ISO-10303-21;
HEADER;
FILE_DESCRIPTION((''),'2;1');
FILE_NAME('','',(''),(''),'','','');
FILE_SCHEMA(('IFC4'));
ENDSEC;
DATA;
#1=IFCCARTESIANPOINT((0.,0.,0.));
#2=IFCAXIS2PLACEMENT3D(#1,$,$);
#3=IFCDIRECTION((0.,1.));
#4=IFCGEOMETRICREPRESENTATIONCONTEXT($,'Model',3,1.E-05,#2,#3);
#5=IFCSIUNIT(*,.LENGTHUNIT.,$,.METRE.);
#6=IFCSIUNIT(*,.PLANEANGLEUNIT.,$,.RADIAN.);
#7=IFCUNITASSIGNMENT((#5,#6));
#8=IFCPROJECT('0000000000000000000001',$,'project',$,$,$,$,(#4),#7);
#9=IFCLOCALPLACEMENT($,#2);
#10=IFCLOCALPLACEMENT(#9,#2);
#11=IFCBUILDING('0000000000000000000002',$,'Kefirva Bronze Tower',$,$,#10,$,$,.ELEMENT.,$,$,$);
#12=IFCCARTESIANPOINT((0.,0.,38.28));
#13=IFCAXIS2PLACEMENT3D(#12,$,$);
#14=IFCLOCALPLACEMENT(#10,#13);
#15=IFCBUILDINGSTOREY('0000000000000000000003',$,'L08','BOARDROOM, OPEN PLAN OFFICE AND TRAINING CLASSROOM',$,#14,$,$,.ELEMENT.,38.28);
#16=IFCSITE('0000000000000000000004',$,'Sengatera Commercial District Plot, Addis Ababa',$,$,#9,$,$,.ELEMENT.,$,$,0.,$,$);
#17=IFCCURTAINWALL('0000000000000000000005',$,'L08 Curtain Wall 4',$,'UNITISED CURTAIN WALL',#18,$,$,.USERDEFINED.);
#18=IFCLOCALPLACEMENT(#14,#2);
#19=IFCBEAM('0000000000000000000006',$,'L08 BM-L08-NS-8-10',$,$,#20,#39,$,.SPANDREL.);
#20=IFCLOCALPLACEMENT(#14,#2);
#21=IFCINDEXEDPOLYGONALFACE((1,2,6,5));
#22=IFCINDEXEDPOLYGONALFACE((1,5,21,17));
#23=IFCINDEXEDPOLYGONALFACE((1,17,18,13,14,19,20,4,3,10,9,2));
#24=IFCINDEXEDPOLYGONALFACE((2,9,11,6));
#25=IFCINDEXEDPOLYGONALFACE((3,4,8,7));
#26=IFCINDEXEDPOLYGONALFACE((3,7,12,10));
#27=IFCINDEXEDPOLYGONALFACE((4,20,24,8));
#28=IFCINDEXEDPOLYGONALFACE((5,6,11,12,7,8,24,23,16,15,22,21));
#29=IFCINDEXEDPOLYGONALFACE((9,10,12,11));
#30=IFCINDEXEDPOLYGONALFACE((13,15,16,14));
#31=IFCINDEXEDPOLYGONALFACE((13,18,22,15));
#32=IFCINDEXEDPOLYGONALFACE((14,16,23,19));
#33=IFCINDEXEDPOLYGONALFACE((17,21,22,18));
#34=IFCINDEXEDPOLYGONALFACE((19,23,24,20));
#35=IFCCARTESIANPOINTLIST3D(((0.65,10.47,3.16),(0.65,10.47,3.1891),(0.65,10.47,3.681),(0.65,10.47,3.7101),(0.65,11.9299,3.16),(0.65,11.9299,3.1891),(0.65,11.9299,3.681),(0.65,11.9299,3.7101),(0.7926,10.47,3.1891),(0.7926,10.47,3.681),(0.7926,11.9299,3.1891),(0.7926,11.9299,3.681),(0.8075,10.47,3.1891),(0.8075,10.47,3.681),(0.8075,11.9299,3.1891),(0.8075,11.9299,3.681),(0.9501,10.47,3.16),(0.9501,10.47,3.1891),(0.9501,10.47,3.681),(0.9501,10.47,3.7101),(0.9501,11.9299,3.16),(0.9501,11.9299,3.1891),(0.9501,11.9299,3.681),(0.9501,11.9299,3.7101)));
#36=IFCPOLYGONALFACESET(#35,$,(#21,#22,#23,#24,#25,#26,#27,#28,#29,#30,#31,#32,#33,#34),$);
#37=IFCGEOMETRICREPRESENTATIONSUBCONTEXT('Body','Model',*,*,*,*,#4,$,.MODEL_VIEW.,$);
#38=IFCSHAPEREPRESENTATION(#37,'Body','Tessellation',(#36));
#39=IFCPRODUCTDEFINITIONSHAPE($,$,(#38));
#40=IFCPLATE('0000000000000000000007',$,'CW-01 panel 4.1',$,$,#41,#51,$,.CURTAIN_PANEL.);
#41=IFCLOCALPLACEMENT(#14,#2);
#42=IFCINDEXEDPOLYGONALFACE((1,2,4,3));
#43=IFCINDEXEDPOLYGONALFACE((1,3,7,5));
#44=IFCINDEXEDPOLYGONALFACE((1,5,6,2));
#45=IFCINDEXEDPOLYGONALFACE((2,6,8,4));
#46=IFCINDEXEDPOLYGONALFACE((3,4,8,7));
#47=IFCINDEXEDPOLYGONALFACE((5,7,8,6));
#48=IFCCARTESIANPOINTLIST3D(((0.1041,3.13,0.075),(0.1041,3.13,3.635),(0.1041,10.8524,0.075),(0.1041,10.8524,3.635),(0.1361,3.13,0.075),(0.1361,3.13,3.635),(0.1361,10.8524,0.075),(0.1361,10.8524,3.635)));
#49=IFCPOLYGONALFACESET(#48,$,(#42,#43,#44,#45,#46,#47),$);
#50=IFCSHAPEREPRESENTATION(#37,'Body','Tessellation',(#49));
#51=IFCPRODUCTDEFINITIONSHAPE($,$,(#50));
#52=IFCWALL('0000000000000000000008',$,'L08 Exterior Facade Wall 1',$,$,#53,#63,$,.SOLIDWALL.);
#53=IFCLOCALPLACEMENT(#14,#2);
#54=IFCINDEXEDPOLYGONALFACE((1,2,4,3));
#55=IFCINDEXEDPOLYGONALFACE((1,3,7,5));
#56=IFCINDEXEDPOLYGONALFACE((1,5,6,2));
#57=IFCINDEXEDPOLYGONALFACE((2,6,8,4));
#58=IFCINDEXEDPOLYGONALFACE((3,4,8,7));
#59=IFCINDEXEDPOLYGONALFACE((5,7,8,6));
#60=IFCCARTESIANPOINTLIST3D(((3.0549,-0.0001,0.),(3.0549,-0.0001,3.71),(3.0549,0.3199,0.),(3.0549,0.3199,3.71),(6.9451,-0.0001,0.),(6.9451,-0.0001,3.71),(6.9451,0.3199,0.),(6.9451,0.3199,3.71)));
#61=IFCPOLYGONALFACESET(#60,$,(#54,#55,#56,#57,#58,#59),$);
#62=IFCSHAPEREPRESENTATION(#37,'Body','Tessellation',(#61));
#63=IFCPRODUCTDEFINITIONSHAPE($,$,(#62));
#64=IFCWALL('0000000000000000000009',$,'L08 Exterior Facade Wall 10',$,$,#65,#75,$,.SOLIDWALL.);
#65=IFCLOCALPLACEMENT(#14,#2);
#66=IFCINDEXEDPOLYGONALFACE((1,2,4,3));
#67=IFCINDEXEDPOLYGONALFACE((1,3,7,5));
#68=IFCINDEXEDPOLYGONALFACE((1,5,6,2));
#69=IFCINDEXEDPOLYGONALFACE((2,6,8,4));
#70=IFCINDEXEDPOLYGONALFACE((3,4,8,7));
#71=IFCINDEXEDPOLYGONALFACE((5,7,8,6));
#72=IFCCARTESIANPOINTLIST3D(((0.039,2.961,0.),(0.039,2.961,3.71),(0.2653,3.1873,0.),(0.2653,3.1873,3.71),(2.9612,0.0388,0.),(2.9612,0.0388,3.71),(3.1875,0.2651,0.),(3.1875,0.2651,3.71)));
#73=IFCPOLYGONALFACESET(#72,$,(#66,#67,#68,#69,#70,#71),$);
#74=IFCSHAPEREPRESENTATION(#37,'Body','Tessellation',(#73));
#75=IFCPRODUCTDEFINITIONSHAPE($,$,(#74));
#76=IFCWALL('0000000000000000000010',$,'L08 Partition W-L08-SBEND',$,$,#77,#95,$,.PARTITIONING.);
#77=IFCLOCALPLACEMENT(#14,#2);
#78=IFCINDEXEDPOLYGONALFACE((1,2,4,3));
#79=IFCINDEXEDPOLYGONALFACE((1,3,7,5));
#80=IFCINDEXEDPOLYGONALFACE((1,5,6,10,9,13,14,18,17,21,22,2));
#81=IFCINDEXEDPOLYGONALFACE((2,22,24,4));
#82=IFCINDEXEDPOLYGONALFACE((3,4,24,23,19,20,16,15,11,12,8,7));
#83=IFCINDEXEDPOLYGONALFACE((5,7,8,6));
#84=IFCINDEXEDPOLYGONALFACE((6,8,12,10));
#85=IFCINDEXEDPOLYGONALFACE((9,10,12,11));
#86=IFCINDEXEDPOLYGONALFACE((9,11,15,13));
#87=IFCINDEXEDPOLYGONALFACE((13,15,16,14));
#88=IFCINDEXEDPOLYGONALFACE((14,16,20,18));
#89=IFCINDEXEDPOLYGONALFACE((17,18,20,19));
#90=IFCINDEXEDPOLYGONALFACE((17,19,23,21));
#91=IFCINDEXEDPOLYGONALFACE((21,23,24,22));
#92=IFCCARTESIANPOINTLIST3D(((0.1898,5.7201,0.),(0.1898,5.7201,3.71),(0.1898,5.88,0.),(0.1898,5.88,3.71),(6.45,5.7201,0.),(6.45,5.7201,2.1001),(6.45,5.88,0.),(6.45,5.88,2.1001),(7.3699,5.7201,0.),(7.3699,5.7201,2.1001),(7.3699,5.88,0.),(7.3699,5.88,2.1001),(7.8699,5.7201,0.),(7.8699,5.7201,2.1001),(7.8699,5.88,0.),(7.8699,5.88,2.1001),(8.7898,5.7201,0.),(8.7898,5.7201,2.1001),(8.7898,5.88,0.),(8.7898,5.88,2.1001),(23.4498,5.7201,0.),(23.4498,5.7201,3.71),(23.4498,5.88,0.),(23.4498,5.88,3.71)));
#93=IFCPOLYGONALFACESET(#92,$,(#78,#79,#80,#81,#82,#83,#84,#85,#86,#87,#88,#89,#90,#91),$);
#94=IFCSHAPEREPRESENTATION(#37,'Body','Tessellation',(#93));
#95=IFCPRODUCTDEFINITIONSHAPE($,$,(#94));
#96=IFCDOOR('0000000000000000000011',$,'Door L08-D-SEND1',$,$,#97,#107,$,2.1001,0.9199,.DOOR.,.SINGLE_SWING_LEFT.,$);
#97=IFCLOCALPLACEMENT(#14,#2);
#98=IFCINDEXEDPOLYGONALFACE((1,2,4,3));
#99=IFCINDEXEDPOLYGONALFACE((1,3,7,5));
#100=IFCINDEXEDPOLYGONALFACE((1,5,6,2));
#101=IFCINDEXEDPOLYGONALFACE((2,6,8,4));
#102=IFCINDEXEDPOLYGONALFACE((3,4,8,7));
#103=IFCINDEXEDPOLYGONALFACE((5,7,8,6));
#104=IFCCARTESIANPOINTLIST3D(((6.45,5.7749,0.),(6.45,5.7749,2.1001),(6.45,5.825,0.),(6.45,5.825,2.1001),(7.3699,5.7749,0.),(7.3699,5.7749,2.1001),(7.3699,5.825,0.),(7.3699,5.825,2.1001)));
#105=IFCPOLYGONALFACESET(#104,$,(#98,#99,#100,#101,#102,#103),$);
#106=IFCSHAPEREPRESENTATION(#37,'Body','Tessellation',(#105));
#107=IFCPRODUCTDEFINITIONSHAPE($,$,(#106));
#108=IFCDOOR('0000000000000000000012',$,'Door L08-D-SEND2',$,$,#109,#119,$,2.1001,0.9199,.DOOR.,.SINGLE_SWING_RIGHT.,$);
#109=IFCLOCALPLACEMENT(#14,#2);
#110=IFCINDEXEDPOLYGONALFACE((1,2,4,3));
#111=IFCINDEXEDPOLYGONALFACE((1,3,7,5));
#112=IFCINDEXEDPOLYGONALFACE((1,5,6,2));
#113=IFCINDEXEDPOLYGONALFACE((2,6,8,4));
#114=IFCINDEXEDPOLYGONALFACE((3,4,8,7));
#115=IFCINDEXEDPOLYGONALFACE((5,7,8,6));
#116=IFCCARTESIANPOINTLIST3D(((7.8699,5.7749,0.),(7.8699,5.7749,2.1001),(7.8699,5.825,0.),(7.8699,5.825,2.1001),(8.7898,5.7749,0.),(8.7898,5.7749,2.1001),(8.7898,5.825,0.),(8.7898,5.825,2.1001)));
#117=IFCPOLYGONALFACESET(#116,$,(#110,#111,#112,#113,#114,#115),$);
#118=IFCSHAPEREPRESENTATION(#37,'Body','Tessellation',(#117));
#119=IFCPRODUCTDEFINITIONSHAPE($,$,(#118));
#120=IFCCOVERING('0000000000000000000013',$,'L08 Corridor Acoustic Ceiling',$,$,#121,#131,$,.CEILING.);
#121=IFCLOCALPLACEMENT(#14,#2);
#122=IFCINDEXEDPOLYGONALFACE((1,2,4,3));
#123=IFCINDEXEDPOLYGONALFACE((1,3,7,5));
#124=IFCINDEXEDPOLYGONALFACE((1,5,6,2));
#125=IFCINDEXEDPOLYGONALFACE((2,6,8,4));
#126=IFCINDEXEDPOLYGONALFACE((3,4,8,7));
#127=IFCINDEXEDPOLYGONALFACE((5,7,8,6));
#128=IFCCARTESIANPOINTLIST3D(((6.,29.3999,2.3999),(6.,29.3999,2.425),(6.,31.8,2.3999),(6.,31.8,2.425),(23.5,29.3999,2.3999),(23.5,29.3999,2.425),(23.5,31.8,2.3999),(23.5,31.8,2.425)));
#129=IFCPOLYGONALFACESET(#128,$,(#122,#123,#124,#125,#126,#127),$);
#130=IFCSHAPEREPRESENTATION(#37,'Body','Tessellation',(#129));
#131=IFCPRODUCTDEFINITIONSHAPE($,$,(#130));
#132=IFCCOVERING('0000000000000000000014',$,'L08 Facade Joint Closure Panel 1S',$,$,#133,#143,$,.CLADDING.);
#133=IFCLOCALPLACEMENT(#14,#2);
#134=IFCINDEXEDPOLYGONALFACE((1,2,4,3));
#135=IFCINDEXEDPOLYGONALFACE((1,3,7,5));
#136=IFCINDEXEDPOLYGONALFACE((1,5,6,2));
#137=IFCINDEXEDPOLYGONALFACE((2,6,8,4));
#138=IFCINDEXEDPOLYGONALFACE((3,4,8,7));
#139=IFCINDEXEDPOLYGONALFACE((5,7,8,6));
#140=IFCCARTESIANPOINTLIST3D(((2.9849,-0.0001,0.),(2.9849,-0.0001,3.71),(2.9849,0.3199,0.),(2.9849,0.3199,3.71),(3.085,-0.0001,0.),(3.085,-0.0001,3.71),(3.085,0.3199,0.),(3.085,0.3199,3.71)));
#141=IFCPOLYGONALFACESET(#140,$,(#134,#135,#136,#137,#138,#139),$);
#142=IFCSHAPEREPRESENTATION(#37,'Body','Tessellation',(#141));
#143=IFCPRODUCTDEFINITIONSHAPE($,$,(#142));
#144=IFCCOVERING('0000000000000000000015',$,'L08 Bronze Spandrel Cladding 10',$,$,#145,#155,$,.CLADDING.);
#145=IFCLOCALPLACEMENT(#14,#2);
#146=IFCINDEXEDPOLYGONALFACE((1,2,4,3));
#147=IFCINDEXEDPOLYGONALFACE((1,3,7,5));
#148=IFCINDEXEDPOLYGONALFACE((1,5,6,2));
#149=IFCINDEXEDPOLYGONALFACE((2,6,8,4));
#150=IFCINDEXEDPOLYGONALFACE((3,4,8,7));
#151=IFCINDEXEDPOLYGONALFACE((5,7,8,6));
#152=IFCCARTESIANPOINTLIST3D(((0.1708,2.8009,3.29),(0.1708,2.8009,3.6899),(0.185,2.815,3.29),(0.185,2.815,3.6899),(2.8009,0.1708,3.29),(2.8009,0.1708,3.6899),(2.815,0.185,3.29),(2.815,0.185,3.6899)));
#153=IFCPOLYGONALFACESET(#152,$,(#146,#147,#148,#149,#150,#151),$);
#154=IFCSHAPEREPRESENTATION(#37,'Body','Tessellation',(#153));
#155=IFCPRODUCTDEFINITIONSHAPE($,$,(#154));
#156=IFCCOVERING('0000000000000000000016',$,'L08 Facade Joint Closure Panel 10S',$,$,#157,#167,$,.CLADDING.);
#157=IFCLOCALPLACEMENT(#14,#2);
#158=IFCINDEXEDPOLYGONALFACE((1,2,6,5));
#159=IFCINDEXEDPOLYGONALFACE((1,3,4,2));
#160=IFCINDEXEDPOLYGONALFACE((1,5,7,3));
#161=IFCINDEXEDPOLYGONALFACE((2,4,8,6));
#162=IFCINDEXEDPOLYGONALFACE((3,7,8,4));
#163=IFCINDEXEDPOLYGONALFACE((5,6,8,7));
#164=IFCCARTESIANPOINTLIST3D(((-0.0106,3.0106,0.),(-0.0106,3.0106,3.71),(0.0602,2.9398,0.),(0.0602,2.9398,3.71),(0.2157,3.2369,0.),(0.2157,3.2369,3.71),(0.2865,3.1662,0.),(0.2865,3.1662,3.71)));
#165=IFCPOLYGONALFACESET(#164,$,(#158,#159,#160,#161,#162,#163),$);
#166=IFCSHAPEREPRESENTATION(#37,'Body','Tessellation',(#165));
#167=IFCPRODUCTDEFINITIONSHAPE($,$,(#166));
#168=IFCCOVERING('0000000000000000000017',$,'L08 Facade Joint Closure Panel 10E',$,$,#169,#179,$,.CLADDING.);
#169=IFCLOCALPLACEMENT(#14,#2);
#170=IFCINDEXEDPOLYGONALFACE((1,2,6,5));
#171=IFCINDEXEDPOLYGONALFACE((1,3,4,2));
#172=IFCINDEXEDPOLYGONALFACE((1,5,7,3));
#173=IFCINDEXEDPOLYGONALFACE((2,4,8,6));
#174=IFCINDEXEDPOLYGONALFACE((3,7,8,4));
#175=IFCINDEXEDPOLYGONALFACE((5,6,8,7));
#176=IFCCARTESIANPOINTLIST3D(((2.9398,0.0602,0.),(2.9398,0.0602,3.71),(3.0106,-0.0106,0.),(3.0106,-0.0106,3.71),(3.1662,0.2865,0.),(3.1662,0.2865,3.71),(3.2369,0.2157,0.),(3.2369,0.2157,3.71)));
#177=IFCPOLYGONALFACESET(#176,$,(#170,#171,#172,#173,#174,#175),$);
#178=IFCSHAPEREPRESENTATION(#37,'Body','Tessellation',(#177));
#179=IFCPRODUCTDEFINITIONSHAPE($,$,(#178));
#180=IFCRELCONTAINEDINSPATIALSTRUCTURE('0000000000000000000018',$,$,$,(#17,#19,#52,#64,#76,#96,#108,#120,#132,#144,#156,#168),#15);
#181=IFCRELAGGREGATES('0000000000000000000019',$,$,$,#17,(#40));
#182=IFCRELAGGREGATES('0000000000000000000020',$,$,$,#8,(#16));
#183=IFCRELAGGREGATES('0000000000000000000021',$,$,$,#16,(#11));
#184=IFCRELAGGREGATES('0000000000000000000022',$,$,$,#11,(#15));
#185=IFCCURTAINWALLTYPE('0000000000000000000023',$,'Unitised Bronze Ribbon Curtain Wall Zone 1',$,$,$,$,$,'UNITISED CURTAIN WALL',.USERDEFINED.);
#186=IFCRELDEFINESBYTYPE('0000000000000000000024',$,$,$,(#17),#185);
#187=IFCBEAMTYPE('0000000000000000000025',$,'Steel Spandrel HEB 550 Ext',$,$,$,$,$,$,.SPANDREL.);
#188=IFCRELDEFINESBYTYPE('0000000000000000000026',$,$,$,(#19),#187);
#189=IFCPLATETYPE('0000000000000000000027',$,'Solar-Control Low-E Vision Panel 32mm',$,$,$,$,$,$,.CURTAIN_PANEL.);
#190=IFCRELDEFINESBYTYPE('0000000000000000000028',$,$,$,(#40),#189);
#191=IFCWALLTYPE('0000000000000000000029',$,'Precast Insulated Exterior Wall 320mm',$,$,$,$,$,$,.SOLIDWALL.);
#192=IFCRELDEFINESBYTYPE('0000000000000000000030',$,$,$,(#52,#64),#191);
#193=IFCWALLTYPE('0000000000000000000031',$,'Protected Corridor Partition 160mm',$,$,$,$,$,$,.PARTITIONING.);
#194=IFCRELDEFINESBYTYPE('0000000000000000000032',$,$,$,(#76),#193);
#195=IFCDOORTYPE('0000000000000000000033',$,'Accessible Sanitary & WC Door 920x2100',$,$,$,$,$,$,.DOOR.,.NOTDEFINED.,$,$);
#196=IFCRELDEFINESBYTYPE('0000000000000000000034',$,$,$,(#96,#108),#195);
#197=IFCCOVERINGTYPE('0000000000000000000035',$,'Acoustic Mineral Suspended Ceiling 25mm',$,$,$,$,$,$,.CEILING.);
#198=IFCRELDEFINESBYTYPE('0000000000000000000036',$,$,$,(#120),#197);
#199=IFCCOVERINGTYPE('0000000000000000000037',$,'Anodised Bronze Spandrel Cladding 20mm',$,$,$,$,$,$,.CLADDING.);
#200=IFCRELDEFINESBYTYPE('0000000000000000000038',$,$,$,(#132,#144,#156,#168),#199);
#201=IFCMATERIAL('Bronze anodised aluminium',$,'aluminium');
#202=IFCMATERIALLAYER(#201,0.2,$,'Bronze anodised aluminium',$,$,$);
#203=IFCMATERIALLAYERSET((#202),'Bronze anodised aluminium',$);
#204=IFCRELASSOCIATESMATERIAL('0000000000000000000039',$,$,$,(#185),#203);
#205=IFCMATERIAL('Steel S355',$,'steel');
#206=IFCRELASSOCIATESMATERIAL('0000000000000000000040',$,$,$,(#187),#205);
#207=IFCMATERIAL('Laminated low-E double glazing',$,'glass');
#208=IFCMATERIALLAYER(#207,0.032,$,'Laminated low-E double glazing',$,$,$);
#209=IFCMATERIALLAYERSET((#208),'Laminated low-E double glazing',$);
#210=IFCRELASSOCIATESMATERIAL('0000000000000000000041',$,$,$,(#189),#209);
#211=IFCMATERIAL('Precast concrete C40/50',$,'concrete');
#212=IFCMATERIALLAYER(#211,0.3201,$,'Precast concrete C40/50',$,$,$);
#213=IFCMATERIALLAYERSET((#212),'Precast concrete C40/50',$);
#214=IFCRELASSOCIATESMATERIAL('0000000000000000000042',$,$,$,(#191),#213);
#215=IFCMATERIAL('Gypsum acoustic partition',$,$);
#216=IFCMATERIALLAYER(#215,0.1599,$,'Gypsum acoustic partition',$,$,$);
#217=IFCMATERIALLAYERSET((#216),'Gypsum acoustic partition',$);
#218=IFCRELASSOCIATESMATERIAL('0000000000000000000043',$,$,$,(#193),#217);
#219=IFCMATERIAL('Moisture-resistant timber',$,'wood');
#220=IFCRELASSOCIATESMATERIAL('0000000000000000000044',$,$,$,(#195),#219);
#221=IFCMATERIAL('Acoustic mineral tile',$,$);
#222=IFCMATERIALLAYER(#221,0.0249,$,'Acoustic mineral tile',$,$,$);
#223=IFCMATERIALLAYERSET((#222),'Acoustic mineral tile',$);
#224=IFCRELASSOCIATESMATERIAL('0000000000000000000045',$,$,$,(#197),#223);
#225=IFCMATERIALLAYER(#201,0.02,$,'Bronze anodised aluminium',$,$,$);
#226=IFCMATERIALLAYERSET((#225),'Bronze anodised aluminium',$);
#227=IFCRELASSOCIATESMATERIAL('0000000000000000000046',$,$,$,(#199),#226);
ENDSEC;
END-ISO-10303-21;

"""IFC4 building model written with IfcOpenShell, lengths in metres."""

from ifc_helpers import new_model, si_unit, direction, frame, frame_2d, origin, origin_2d, place, context, subcontext, project, spatial, polyline, rectangle, i_section, outline, extrude, material, layer, layer_set, material_profile, profile_set, type_object, element, fill, aggregate, save


model = new_model("IFC4")

# Units and contexts
model_context = context("Model", 3, precision=1e-05, world=origin(), true_north=direction((0.0, 1.0)))
body_context = subcontext(model_context, "Body", "Model", "MODEL_VIEW")
ifc_project = project(units=[si_unit("LENGTHUNIT", "METRE"), si_unit("PLANEANGLEUNIT", "RADIAN")], contexts=[model_context])

# Site, building, storey
site_placement = place(None, origin())
site = spatial("IfcSite", under=ifc_project, at=site_placement, Name="Sengatera Commercial District Plot, Addis Ababa", CompositionType="ELEMENT", RefElevation=0.0)
building_placement = place(site_placement, origin())
building = spatial("IfcBuilding", under=site, at=building_placement, Name="Kefirva Bronze Tower", CompositionType="ELEMENT")
storey_placement = place(building_placement, frame((0.0, 0.0, 38.28)))
storey = spatial("IfcBuildingStorey", under=building, at=storey_placement, Name="L08", Description="BOARDROOM, OPEN PLAN OFFICE AND TRAINING CLASSROOM", CompositionType="ELEMENT", Elevation=38.28)

# Curtain wall
ifc_material_1 = material(Name="Bronze anodised aluminium", Category="aluminium")
ifc_layer_1 = layer(ifc_material_1, 0.2, Name="Bronze anodised aluminium")
ifc_layer_set_1 = layer_set([ifc_layer_1], Name="Bronze anodised aluminium")
curtain_wall_type = type_object("IfcCurtainWallType", Name="Unitised Bronze Ribbon Curtain Wall Zone 1", ElementType="UNITISED CURTAIN WALL", PredefinedType="USERDEFINED", material=ifc_layer_set_1)
curtain_wall_placement = place(storey_placement, origin())
curtain_wall = element("IfcCurtainWall", 1, at=curtain_wall_placement, inside=storey, type_object=curtain_wall_type, Name="L08 Curtain Wall 4", ObjectType="UNITISED CURTAIN WALL", PredefinedType="USERDEFINED")

# Beam
ifc_material_2 = material(Name="Steel S355", Category="steel")
ifc_material_profile_1 = material_profile(ifc_material_2, i_section(OverallWidth=0.3, OverallDepth=0.55, WebThickness=0.0149, FlangeThickness=0.0291, at=origin_2d()), Name="HEB 550")
ifc_profile_set_1 = profile_set([ifc_material_profile_1], Name="Steel S355")
beam_type_1 = type_object("IfcBeamType", Name="Steel Spandrel HEB 550 Ext", PredefinedType="SPANDREL", material=ifc_profile_set_1)
beam_1_placement = place(storey_placement, frame((0.8, 10.47, 3.4351), z_axis=(0.0, 1.0, 0.0), x_axis=(-1.0, 0.0, 0.0)))
element("IfcBeam", 2, at=beam_1_placement, inside=storey, type_object=beam_type_1, Name="L08 BM-L08-NS-8-10", PredefinedType="SPANDREL", context=body_context, shape_type="SweptSolid", body=[
    extrude(i_section(OverallWidth=0.3, OverallDepth=0.55, WebThickness=0.0149, FlangeThickness=0.0291, at=origin_2d()), origin(), (0.0, 0.0, 1.0), 1.46),
])

# Plate
ifc_material_3 = material(Name="Laminated low-E double glazing", Category="glass")
ifc_layer_2 = layer(ifc_material_3, 0.032, Name="Laminated low-E double glazing")
ifc_layer_set_2 = layer_set([ifc_layer_2], Name="Laminated low-E double glazing")
plate_type = type_object("IfcPlateType", Name="Solar-Control Low-E Vision Panel 32mm", PredefinedType="CURTAIN_PANEL", material=ifc_layer_set_2)
plate_placement = place(storey_placement, frame((0.1201, 6.9912, 0.075), z_axis=(0.0, 0.0, 1.0), x_axis=(0.0, -1.0, 0.0)))
plate = element("IfcPlate", 3, at=plate_placement, type_object=plate_type, Name="CW-01 panel 4.1", PredefinedType="CURTAIN_PANEL", context=body_context, shape_type="SweptSolid", body=[
    extrude(rectangle(XDim=7.7224, YDim=0.032, at=origin_2d()), origin(), (0.0, 0.0, 1.0), 3.5601),
])
aggregate(curtain_wall, [plate])

# Walls
ifc_material_4 = material(Name="Precast concrete C40/50", Category="concrete")
ifc_layer_3 = layer(ifc_material_4, 0.3201, Name="Precast concrete C40/50")
ifc_layer_set_3 = layer_set([ifc_layer_3], Name="Precast concrete C40/50")
wall_type_1 = type_object("IfcWallType", Name="Precast Insulated Exterior Wall 320mm", PredefinedType="SOLIDWALL", material=ifc_layer_set_3)
wall_1_placement = place(storey_placement, frame((3.0549, 0.1599, 0.0), z_axis=(0.0, 0.0, 1.0), x_axis=(1.0, 0.0, 0.0)))
element("IfcWall", 4, at=wall_1_placement, inside=storey, type_object=wall_type_1, Name="L08 Exterior Facade Wall 1", PredefinedType="SOLIDWALL", context=body_context, shape_type="SweptSolid", body=[
    extrude(rectangle(XDim=3.8901, YDim=0.3201, at=frame_2d((1.9451, 0.0))), origin(), (0.0, 0.0, 1.0), 3.71),
])
wall_2_placement = place(storey_placement, frame((0.1521, 3.0742, 0.0), z_axis=(0.0, 0.0, 1.0), x_axis=(0.707107, -0.707107, 0.0)))
element("IfcWall", 5, at=wall_2_placement, inside=storey, type_object=wall_type_1, Name="L08 Exterior Facade Wall 10", PredefinedType="SOLIDWALL", context=body_context, shape_type="SweptSolid", body=[
    extrude(rectangle(XDim=4.1326, YDim=0.3201, at=frame_2d((2.0664, 0.0))), origin(), (0.0, 0.0, 1.0), 3.71),
])

# Wall, openings, doors
ifc_material_5 = material(Name="Gypsum acoustic partition")
ifc_layer_4 = layer(ifc_material_5, 0.1599, Name="Gypsum acoustic partition")
ifc_layer_set_4 = layer_set([ifc_layer_4], Name="Gypsum acoustic partition")
wall_type_2 = type_object("IfcWallType", Name="Protected Corridor Partition 160mm", PredefinedType="PARTITIONING", material=ifc_layer_set_4)
wall_3_placement = place(storey_placement, frame((0.1899, 5.8, 0.0), z_axis=(0.0, 0.0, 1.0), x_axis=(1.0, 0.0, 0.0)))
wall_3 = element("IfcWall", 6, at=wall_3_placement, inside=storey, type_object=wall_type_2, Name="L08 Partition W-L08-SBEND", PredefinedType="PARTITIONING", context=body_context, shape_type="SweptSolid", body=[
    extrude(rectangle(XDim=23.26, YDim=0.1599, at=frame_2d((11.6299, 0.0))), origin(), (0.0, 0.0, 1.0), 3.71),
])
opening_1_placement = place(wall_3_placement, frame((6.26, 0.0, 0.0)))
opening_1 = element("IfcOpeningElement", 7, at=opening_1_placement, cuts=wall_3, PredefinedType="OPENING", context=body_context, shape_type="SweptSolid", body=[
    extrude(rectangle(XDim=0.9199, YDim=2.1001, at=frame_2d((0.46, 1.05))), frame((0.0, 0.0898, 0.0), z_axis=(0.0, -1.0, 0.0), x_axis=(1.0, 0.0, 0.0)), (0.0, 0.0, 1.0), 0.1799),
])
opening_2_placement = place(wall_3_placement, frame((7.6799, 0.0, 0.0)))
opening_2 = element("IfcOpeningElement", 8, at=opening_2_placement, cuts=wall_3, PredefinedType="OPENING", context=body_context, shape_type="SweptSolid", body=[
    extrude(rectangle(XDim=0.9199, YDim=2.1001, at=frame_2d((0.46, 1.05))), frame((0.0, 0.0898, 0.0), z_axis=(0.0, -1.0, 0.0), x_axis=(1.0, 0.0, 0.0)), (0.0, 0.0, 1.0), 0.1799),
])
ifc_material_6 = material(Name="Moisture-resistant timber", Category="wood")
door_type = type_object("IfcDoorType", Name="Accessible Sanitary & WC Door 920x2100", OperationType="NOTDEFINED", PredefinedType="DOOR", material=ifc_material_6)
door_1_placement = place(opening_1_placement, origin())
door_1 = element("IfcDoor", 9, at=door_1_placement, inside=storey, type_object=door_type, Name="Door L08-D-SEND1", OperationType="SINGLE_SWING_LEFT", OverallHeight=2.1001, OverallWidth=0.9199, PredefinedType="DOOR", context=body_context, shape_type="SweptSolid", body=[
    extrude(rectangle(XDim=0.9199, YDim=2.1001, at=frame_2d((0.46, 1.05))), frame((0.0, 0.0249, 0.0), z_axis=(0.0, -1.0, 0.0), x_axis=(1.0, 0.0, 0.0)), (0.0, 0.0, 1.0), 0.05),
])
fill(opening_1, door_1)
door_2_placement = place(opening_2_placement, origin())
door_2 = element("IfcDoor", 10, at=door_2_placement, inside=storey, type_object=door_type, Name="Door L08-D-SEND2", OperationType="SINGLE_SWING_RIGHT", OverallHeight=2.1001, OverallWidth=0.9199, PredefinedType="DOOR", context=body_context, shape_type="SweptSolid", body=[
    extrude(rectangle(XDim=0.9199, YDim=2.1001, at=frame_2d((0.46, 1.05))), frame((0.0, 0.0249, 0.0), z_axis=(0.0, -1.0, 0.0), x_axis=(1.0, 0.0, 0.0)), (0.0, 0.0, 1.0), 0.05),
])
fill(opening_2, door_2)

# Coverings
ifc_material_7 = material(Name="Acoustic mineral tile")
ifc_layer_5 = layer(ifc_material_7, 0.0249, Name="Acoustic mineral tile")
ifc_layer_set_5 = layer_set([ifc_layer_5], Name="Acoustic mineral tile")
covering_type_1 = type_object("IfcCoveringType", Name="Acoustic Mineral Suspended Ceiling 25mm", PredefinedType="CEILING", material=ifc_layer_set_5)
covering_1_placement = place(storey_placement, frame((0.0, 0.0, 2.3999)))
element("IfcCovering", 11, at=covering_1_placement, inside=storey, type_object=covering_type_1, Name="L08 Corridor Acoustic Ceiling", PredefinedType="CEILING", context=body_context, shape_type="SweptSolid", body=[
    extrude(outline(polyline([(6.0, 29.3999), (23.5, 29.3999), (23.5, 31.8), (6.0, 31.8), (6.0, 29.3999)])), origin(), (0.0, 0.0, 1.0), 0.0251),
])
ifc_layer_6 = layer(ifc_material_1, 0.02, Name="Bronze anodised aluminium")
ifc_layer_set_6 = layer_set([ifc_layer_6], Name="Bronze anodised aluminium")
covering_type_2 = type_object("IfcCoveringType", Name="Anodised Bronze Spandrel Cladding 20mm", PredefinedType="CLADDING", material=ifc_layer_set_6)
covering_2_placement = place(storey_placement, frame((3.0349, 0.1599, 0.0), z_axis=(0.0, 0.0, 1.0), x_axis=(1.0, 0.0, 0.0)))
element("IfcCovering", 12, at=covering_2_placement, inside=storey, type_object=covering_type_2, Name="L08 Facade Joint Closure Panel 1S", PredefinedType="CLADDING", context=body_context, shape_type="SweptSolid", body=[
    extrude(rectangle(XDim=0.1001, YDim=0.3201, at=origin_2d()), origin(), (0.0, 0.0, 1.0), 3.71),
])
covering_3_placement = place(storey_placement, frame((1.4929, 1.4929, 3.29), z_axis=(0.0, 0.0, 1.0), x_axis=(0.707107, -0.707107, 0.0)))
element("IfcCovering", 13, at=covering_3_placement, inside=storey, type_object=covering_type_2, Name="L08 Bronze Spandrel Cladding 10", PredefinedType="CLADDING", context=body_context, shape_type="SweptSolid", body=[
    extrude(rectangle(XDim=3.7195, YDim=0.02, at=origin_2d()), origin(), (0.0, 0.0, 1.0), 0.3999),
])
for number, where, z_axis, x_axis, name in (
    (14, (0.1379, 3.0884, 0.0), (0.0, 0.0, 1.0), (0.707107, -0.707107, 0.0), "L08 Facade Joint Closure Panel 10S"),
    (15, (3.0884, 0.1379, 0.0), (0.0, 0.0, 1.0), (0.707107, -0.707107, 0.0), "L08 Facade Joint Closure Panel 10E"),
):
    element("IfcCovering", number, at=place(storey_placement, frame(where, z_axis=z_axis, x_axis=x_axis)), inside=storey, type_object=covering_type_2, Name=name, PredefinedType="CLADDING", context=body_context, shape_type="SweptSolid", body=[
        extrude(rectangle(XDim=0.1001, YDim=0.3201, at=origin_2d()), origin(), (0.0, 0.0, 1.0), 3.71),
    ])

save(model, "model.ifc")
